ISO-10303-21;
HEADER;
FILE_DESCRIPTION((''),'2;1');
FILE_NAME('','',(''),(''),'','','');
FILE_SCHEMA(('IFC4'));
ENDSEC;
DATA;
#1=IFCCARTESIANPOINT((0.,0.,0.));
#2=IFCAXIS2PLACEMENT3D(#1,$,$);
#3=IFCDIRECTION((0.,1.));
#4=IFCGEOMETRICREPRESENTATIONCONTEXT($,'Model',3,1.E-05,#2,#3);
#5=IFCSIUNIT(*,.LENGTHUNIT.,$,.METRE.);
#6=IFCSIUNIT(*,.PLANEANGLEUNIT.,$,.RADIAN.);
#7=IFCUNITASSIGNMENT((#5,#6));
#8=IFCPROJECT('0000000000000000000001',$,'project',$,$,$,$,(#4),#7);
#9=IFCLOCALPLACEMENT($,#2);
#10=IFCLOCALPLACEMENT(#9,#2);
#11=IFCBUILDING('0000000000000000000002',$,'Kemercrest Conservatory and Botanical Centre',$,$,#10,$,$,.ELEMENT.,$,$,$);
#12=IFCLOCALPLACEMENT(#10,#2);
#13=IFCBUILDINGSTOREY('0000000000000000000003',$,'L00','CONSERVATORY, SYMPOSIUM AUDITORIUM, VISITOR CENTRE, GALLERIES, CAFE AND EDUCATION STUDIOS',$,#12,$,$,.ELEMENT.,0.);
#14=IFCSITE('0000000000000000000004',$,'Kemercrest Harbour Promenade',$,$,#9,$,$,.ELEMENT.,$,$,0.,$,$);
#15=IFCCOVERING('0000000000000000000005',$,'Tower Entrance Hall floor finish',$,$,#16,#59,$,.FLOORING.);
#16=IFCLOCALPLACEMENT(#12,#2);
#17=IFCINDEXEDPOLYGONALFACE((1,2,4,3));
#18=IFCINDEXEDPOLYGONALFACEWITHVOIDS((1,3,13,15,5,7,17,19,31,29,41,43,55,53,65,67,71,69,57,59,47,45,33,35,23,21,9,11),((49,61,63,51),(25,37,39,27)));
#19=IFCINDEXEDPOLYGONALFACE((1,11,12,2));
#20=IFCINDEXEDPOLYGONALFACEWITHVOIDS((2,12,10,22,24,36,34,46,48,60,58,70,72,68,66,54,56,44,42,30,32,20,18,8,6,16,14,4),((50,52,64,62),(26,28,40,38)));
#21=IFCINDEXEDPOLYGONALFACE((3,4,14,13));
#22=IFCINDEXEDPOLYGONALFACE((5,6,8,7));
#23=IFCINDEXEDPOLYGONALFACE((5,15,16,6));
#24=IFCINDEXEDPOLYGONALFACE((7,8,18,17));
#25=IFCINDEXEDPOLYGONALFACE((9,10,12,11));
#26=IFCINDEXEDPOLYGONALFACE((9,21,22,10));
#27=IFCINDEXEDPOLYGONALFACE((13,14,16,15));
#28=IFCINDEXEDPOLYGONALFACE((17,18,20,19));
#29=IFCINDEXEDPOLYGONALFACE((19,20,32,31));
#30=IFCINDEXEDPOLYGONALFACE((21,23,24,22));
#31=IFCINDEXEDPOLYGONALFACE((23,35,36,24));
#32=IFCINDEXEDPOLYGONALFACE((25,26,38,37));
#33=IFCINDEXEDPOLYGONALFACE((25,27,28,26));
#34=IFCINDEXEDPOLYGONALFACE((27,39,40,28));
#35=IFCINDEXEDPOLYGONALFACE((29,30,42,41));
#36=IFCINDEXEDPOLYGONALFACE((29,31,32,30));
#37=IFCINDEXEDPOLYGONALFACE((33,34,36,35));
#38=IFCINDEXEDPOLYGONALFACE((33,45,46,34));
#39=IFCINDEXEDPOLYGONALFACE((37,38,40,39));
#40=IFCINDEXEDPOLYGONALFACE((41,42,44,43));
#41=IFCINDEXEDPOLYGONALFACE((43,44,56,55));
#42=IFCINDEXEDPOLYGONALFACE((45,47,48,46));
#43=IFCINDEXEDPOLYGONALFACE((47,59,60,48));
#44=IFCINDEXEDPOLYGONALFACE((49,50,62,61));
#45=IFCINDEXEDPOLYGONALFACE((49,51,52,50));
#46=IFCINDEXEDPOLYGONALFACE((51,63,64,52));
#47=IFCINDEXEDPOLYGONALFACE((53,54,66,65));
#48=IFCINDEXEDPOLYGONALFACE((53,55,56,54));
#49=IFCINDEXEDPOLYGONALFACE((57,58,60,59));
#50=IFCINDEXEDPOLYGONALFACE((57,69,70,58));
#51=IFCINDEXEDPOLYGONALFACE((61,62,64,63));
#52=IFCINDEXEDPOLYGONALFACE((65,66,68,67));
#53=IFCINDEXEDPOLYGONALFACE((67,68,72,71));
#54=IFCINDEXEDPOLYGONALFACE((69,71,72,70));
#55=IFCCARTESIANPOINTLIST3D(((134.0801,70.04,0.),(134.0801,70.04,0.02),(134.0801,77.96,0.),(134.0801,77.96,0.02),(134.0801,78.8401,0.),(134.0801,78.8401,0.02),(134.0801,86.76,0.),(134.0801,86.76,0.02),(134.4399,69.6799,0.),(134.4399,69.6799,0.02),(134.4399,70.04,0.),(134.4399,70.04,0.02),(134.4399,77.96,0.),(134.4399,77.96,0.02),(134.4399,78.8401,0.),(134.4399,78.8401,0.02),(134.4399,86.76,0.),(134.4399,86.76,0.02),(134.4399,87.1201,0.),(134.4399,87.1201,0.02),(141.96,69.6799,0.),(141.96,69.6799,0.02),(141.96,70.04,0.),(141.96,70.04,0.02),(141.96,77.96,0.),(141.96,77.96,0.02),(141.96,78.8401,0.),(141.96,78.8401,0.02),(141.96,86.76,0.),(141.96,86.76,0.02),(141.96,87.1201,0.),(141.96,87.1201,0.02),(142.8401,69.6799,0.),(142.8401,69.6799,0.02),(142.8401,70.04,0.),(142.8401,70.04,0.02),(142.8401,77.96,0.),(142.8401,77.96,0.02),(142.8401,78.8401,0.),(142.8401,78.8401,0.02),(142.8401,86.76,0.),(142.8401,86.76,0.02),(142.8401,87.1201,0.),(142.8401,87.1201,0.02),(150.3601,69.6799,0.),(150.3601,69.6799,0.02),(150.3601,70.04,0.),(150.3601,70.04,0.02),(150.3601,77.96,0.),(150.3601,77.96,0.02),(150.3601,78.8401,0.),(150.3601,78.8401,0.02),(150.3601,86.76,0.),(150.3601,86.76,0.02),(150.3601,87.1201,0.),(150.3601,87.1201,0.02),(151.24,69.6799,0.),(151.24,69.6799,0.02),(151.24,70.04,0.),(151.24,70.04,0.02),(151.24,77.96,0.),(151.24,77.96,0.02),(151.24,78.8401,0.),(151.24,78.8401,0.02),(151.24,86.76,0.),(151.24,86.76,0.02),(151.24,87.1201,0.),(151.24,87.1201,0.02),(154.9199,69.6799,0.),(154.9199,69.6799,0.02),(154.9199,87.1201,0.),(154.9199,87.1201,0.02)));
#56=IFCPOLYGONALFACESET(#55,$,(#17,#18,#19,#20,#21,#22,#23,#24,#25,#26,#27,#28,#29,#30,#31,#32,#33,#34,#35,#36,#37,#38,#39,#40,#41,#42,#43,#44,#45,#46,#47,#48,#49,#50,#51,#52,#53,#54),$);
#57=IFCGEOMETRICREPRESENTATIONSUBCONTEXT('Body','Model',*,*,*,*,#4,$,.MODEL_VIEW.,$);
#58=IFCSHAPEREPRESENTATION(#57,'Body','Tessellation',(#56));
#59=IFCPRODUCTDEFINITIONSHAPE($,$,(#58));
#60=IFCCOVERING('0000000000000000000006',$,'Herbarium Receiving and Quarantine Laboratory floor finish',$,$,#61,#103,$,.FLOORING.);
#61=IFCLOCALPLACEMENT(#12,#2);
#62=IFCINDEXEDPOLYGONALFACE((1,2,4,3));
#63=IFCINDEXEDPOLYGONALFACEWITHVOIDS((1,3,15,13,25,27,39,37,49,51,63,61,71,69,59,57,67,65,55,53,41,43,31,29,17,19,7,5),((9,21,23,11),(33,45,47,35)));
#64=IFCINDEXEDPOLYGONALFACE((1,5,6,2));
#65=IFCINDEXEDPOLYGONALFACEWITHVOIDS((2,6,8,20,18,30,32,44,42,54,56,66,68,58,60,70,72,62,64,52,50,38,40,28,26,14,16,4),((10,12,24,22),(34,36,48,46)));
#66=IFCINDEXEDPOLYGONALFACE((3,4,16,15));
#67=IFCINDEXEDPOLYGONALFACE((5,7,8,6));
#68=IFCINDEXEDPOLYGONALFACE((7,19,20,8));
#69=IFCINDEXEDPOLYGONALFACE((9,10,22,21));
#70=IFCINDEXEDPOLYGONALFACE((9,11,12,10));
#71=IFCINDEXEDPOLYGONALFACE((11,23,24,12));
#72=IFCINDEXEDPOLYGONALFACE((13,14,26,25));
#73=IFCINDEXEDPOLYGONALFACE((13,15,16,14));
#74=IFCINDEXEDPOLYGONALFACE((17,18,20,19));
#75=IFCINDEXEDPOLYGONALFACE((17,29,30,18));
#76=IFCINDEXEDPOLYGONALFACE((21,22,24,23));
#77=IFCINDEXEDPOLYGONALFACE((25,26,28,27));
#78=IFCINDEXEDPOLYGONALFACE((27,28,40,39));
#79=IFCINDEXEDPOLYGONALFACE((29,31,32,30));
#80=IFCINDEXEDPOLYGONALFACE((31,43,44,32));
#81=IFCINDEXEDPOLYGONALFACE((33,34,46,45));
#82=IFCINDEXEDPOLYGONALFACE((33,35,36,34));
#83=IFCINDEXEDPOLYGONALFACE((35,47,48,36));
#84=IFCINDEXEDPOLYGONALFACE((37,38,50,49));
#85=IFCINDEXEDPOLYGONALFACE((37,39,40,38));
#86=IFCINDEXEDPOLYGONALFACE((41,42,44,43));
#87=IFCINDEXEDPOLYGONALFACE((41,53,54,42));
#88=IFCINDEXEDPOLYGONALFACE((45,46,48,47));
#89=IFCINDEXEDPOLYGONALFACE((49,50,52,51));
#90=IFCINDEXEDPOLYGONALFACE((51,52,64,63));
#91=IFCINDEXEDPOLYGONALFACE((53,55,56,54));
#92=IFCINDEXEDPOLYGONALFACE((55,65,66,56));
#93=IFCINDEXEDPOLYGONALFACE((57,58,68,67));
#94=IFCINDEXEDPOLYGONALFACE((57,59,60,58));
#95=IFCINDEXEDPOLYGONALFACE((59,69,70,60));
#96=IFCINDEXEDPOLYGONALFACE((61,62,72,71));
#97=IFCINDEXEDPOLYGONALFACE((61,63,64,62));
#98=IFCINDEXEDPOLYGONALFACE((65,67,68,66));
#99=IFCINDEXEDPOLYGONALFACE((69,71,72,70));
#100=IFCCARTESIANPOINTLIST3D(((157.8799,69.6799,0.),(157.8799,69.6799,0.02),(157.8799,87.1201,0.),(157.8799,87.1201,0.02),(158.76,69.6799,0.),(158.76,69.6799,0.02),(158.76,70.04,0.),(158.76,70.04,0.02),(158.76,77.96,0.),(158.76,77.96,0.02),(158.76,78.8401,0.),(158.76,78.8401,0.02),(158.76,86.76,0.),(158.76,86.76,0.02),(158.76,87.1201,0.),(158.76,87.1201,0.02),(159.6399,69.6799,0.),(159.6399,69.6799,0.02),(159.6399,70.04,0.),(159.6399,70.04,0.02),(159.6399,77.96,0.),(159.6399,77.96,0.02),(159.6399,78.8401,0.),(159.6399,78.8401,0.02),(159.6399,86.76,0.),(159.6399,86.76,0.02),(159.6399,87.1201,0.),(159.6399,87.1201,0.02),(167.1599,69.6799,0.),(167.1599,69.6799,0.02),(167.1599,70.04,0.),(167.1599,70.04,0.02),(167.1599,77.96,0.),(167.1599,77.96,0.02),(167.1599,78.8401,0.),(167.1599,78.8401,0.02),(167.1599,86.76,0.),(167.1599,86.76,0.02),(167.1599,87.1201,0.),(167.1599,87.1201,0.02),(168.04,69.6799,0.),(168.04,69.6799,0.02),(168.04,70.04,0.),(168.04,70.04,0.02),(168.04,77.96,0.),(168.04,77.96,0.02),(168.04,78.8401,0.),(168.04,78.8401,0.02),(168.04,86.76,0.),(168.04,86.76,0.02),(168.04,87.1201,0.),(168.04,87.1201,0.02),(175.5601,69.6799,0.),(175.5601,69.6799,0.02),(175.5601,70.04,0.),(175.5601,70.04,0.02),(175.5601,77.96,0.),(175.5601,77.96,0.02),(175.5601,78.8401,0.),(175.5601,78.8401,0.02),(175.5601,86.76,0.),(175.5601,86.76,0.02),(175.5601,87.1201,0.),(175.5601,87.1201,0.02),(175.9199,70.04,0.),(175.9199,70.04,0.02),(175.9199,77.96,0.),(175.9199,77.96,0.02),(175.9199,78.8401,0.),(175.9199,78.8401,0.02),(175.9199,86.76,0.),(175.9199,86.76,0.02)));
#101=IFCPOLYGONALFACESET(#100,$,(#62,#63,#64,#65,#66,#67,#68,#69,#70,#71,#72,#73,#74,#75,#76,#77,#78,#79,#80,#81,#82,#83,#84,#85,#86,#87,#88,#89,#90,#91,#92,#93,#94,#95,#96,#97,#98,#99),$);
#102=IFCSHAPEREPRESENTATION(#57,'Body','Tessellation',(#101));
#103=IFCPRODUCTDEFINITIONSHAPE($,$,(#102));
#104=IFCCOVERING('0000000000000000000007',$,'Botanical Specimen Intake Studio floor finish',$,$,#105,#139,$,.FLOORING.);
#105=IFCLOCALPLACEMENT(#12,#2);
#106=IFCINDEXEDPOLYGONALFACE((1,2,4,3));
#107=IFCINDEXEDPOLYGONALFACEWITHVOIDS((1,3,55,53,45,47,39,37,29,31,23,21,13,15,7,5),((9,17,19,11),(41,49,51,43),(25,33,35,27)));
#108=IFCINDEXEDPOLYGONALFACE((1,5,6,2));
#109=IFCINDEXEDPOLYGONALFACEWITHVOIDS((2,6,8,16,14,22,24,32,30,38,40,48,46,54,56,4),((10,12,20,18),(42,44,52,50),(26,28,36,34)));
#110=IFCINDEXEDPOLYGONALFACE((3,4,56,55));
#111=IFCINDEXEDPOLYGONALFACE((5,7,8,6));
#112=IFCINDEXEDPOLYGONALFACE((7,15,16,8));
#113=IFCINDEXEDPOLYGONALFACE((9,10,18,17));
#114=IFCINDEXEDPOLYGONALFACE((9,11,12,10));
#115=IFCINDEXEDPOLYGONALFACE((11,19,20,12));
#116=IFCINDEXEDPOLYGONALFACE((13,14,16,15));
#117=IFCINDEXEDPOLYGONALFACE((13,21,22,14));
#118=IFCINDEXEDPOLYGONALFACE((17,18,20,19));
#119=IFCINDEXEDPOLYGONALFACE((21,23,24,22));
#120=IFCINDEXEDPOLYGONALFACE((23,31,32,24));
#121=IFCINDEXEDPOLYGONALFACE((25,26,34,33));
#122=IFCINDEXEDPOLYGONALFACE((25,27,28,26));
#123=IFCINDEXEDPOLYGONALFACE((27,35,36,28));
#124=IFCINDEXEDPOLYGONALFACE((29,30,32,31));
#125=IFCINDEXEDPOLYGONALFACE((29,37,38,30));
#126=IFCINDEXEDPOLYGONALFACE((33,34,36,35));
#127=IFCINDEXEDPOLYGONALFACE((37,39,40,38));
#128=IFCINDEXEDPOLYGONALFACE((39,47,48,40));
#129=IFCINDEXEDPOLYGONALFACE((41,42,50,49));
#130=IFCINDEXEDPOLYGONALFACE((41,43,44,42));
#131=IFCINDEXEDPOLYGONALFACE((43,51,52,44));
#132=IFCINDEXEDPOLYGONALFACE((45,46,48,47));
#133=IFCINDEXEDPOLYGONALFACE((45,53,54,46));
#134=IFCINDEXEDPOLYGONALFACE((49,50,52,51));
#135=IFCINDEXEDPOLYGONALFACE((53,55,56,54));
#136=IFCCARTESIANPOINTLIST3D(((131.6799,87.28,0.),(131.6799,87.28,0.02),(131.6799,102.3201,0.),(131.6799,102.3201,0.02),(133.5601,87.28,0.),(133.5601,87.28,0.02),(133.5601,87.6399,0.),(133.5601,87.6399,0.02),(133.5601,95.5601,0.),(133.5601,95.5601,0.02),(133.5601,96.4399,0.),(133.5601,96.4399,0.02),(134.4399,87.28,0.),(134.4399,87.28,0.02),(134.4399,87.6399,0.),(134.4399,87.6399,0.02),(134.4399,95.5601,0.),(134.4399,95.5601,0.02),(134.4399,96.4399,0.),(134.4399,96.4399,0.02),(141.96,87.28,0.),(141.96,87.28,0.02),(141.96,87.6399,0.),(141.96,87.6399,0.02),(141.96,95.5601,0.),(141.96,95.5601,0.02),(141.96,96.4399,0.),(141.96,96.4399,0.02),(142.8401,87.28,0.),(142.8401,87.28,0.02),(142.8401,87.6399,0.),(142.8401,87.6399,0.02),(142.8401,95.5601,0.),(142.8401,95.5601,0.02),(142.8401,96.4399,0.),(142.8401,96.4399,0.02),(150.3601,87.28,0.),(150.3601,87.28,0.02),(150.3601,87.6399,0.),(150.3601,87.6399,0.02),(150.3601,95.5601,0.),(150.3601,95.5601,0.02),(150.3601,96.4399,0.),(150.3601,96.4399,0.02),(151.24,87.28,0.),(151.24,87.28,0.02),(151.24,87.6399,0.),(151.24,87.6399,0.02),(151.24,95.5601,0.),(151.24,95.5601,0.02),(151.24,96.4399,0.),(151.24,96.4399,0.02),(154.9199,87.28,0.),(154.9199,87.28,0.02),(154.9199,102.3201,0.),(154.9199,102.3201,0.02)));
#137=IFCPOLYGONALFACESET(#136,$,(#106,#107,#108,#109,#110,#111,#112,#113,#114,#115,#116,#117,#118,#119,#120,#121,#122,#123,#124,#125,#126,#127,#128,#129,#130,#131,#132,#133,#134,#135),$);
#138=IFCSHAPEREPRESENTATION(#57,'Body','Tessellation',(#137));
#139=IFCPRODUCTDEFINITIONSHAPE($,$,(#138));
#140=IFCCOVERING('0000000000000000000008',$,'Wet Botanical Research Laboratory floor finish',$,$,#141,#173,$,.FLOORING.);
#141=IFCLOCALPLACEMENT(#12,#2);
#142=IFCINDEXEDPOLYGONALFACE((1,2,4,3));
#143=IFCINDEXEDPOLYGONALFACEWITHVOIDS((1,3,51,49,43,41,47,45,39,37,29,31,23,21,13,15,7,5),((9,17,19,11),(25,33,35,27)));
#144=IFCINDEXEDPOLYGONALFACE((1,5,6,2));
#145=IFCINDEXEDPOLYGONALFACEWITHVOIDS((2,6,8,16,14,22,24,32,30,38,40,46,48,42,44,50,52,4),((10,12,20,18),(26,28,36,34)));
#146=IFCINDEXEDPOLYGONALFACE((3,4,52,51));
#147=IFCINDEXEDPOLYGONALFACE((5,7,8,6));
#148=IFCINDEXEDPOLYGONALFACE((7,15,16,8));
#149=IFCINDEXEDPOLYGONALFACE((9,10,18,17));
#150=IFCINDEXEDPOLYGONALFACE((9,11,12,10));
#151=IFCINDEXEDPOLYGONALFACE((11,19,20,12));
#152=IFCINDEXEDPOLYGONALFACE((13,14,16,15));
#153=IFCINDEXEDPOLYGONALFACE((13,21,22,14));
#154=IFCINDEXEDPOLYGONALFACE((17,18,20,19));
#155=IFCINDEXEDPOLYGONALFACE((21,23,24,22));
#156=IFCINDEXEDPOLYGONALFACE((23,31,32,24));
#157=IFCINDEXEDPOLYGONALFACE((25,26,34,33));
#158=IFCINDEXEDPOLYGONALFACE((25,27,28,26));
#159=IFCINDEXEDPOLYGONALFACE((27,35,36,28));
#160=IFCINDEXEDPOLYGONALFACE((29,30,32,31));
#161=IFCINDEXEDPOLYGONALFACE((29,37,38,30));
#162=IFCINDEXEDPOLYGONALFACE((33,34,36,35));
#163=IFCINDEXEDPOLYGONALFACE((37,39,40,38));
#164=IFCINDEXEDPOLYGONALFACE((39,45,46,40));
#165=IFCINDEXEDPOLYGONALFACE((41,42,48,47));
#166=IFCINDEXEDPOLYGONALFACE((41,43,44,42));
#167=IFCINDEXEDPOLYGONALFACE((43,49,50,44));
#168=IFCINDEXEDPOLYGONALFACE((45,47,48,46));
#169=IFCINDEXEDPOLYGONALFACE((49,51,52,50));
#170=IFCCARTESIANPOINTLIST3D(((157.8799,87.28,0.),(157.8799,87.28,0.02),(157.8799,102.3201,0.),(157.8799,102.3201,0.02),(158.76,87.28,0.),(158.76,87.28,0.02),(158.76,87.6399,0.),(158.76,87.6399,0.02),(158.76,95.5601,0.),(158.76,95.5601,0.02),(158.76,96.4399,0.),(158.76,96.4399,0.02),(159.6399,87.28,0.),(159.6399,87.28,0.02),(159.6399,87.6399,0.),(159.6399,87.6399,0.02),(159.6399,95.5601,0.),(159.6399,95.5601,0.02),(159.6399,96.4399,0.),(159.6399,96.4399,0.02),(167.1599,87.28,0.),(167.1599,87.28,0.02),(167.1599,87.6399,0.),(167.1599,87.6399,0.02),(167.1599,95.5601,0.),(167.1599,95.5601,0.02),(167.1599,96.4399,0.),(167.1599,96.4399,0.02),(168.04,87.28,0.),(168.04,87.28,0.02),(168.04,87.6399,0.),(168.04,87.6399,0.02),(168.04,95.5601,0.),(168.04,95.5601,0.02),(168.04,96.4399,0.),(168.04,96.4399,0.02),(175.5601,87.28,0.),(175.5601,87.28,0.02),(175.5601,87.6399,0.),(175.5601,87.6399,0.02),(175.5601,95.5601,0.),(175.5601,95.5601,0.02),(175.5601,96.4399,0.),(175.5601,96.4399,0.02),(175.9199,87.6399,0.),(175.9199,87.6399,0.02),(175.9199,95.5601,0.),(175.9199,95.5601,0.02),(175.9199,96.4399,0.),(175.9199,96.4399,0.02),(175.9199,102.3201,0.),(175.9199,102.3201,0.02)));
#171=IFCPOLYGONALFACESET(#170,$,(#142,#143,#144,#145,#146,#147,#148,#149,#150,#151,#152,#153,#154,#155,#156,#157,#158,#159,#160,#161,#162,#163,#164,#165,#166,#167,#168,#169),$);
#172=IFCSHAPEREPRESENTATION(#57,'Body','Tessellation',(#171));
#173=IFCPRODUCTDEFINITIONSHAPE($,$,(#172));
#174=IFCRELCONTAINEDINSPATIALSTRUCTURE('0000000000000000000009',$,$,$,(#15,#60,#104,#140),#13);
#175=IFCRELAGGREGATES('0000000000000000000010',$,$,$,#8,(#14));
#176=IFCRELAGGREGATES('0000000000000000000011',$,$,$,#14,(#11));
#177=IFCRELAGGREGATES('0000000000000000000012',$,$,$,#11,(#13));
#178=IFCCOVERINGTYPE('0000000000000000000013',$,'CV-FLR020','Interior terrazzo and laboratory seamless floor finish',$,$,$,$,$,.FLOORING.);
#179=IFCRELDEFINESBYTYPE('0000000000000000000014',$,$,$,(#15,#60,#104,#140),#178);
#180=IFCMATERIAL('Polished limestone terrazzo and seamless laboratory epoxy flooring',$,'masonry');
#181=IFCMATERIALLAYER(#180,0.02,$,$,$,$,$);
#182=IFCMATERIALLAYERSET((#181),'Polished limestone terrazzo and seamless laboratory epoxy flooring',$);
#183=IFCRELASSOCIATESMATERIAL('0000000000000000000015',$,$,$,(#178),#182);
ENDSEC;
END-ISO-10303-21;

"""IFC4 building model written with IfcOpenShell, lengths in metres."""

from ifc_helpers import new_model, si_unit, direction, origin, place, context, subcontext, project, spatial, polyline, outline, extrude, material, layer, layer_set, type_object, element, save


model = new_model("IFC4")

# Units and contexts
model_context = context("Model", 3, precision=1e-05, world=origin(), true_north=direction((0.0, 1.0)))
body_context = subcontext(model_context, "Body", "Model", "MODEL_VIEW")
ifc_project = project(units=[si_unit("LENGTHUNIT", "METRE"), si_unit("PLANEANGLEUNIT", "RADIAN")], contexts=[model_context])

# Site, building, storey
site_placement = place(None, origin())
site = spatial("IfcSite", under=ifc_project, at=site_placement, Name="Kemercrest Harbour Promenade", CompositionType="ELEMENT", RefElevation=0.0)
building_placement = place(site_placement, origin())
building = spatial("IfcBuilding", under=site, at=building_placement, Name="Kemercrest Conservatory and Botanical Centre", CompositionType="ELEMENT")
storey_placement = place(building_placement, origin())
storey = spatial("IfcBuildingStorey", under=building, at=storey_placement, Name="L00", Description="CONSERVATORY, SYMPOSIUM AUDITORIUM, VISITOR CENTRE, GALLERIES, CAFE AND EDUCATION STUDIOS", CompositionType="ELEMENT", Elevation=0.0)

# Coverings
ifc_material_1 = material(Name="Polished limestone terrazzo and seamless laboratory epoxy flooring", Category="masonry")
ifc_layer_1 = layer(ifc_material_1, 0.02)
ifc_layer_set_1 = layer_set([ifc_layer_1], Name="Polished limestone terrazzo and seamless laboratory epoxy flooring")
covering_type_1 = type_object("IfcCoveringType", Name="CV-FLR020", Description="Interior terrazzo and laboratory seamless floor finish", PredefinedType="FLOORING", material=ifc_layer_set_1)
covering_1_placement = place(storey_placement, origin())
element("IfcCovering", 1, at=covering_1_placement, inside=storey, type_object=covering_type_1, Name="Tower Entrance Hall floor finish", PredefinedType="FLOORING", context=body_context, shape_type="SweptSolid", body=[
    extrude(outline(polyline([(150.3601, 70.04), (151.24, 70.04), (151.24, 69.6799), (154.9199, 69.6799), (154.9199, 87.1201), (151.24, 87.1201), (151.24, 86.76), (150.3601, 86.76), (150.3601, 87.1201), (142.8401, 87.1201), (142.8401, 86.76), (141.96, 86.76), (141.96, 87.1201), (134.4399, 87.1201), (134.4399, 86.76), (134.0801, 86.76), (134.0801, 78.8401), (134.4399, 78.8401), (134.4399, 77.96), (134.0801, 77.96), (134.0801, 70.04), (134.4399, 70.04), (134.4399, 69.6799), (141.96, 69.6799), (141.96, 70.04), (142.8401, 70.04), (142.8401, 69.6799), (150.3601, 69.6799), (150.3601, 70.04)]), holes=[polyline([(150.3601, 77.96), (150.3601, 78.8401), (151.24, 78.8401), (151.24, 77.96), (150.3601, 77.96)]), polyline([(141.96, 77.96), (141.96, 78.8401), (142.8401, 78.8401), (142.8401, 77.96), (141.96, 77.96)])]), origin(), (0.0, 0.0, 1.0), 0.02),
])
covering_2_placement = place(storey_placement, origin())
element("IfcCovering", 2, at=covering_2_placement, inside=storey, type_object=covering_type_1, Name="Herbarium Receiving and Quarantine Laboratory floor finish", PredefinedType="FLOORING", context=body_context, shape_type="SweptSolid", body=[
    extrude(outline(polyline([(167.1599, 70.04), (168.04, 70.04), (168.04, 69.6799), (175.5601, 69.6799), (175.5601, 70.04), (175.9199, 70.04), (175.9199, 77.96), (175.5601, 77.96), (175.5601, 78.8401), (175.9199, 78.8401), (175.9199, 86.76), (175.5601, 86.76), (175.5601, 87.1201), (168.04, 87.1201), (168.04, 86.76), (167.1599, 86.76), (167.1599, 87.1201), (159.6399, 87.1201), (159.6399, 86.76), (158.76, 86.76), (158.76, 87.1201), (157.8799, 87.1201), (157.8799, 69.6799), (158.76, 69.6799), (158.76, 70.04), (159.6399, 70.04), (159.6399, 69.6799), (167.1599, 69.6799), (167.1599, 70.04)]), holes=[polyline([(167.1599, 77.96), (167.1599, 78.8401), (168.04, 78.8401), (168.04, 77.96), (167.1599, 77.96)]), polyline([(158.76, 77.96), (158.76, 78.8401), (159.6399, 78.8401), (159.6399, 77.96), (158.76, 77.96)])]), origin(), (0.0, 0.0, 1.0), 0.02),
])
covering_3_placement = place(storey_placement, origin())
element("IfcCovering", 3, at=covering_3_placement, inside=storey, type_object=covering_type_1, Name="Botanical Specimen Intake Studio floor finish", PredefinedType="FLOORING", context=body_context, shape_type="SweptSolid", body=[
    extrude(outline(polyline([(150.3601, 87.6399), (151.24, 87.6399), (151.24, 87.28), (154.9199, 87.28), (154.9199, 102.3201), (131.6799, 102.3201), (131.6799, 87.28), (133.5601, 87.28), (133.5601, 87.6399), (134.4399, 87.6399), (134.4399, 87.28), (141.96, 87.28), (141.96, 87.6399), (142.8401, 87.6399), (142.8401, 87.28), (150.3601, 87.28), (150.3601, 87.6399)]), holes=[polyline([(150.3601, 95.5601), (150.3601, 96.4399), (151.24, 96.4399), (151.24, 95.5601), (150.3601, 95.5601)]), polyline([(141.96, 95.5601), (141.96, 96.4399), (142.8401, 96.4399), (142.8401, 95.5601), (141.96, 95.5601)]), polyline([(133.5601, 95.5601), (133.5601, 96.4399), (134.4399, 96.4399), (134.4399, 95.5601), (133.5601, 95.5601)])]), origin(), (0.0, 0.0, 1.0), 0.02),
])
covering_4_placement = place(storey_placement, origin())
element("IfcCovering", 4, at=covering_4_placement, inside=storey, type_object=covering_type_1, Name="Wet Botanical Research Laboratory floor finish", PredefinedType="FLOORING", context=body_context, shape_type="SweptSolid", body=[
    extrude(outline(polyline([(167.1599, 87.6399), (168.04, 87.6399), (168.04, 87.28), (175.5601, 87.28), (175.5601, 87.6399), (175.9199, 87.6399), (175.9199, 95.5601), (175.5601, 95.5601), (175.5601, 96.4399), (175.9199, 96.4399), (175.9199, 102.3201), (157.8799, 102.3201), (157.8799, 87.28), (158.76, 87.28), (158.76, 87.6399), (159.6399, 87.6399), (159.6399, 87.28), (167.1599, 87.28), (167.1599, 87.6399)]), holes=[polyline([(167.1599, 95.5601), (167.1599, 96.4399), (168.04, 96.4399), (168.04, 95.5601), (167.1599, 95.5601)]), polyline([(158.76, 95.5601), (158.76, 96.4399), (159.6399, 96.4399), (159.6399, 95.5601), (158.76, 95.5601)])]), origin(), (0.0, 0.0, 1.0), 0.02),
])

save(model, "model.ifc")
